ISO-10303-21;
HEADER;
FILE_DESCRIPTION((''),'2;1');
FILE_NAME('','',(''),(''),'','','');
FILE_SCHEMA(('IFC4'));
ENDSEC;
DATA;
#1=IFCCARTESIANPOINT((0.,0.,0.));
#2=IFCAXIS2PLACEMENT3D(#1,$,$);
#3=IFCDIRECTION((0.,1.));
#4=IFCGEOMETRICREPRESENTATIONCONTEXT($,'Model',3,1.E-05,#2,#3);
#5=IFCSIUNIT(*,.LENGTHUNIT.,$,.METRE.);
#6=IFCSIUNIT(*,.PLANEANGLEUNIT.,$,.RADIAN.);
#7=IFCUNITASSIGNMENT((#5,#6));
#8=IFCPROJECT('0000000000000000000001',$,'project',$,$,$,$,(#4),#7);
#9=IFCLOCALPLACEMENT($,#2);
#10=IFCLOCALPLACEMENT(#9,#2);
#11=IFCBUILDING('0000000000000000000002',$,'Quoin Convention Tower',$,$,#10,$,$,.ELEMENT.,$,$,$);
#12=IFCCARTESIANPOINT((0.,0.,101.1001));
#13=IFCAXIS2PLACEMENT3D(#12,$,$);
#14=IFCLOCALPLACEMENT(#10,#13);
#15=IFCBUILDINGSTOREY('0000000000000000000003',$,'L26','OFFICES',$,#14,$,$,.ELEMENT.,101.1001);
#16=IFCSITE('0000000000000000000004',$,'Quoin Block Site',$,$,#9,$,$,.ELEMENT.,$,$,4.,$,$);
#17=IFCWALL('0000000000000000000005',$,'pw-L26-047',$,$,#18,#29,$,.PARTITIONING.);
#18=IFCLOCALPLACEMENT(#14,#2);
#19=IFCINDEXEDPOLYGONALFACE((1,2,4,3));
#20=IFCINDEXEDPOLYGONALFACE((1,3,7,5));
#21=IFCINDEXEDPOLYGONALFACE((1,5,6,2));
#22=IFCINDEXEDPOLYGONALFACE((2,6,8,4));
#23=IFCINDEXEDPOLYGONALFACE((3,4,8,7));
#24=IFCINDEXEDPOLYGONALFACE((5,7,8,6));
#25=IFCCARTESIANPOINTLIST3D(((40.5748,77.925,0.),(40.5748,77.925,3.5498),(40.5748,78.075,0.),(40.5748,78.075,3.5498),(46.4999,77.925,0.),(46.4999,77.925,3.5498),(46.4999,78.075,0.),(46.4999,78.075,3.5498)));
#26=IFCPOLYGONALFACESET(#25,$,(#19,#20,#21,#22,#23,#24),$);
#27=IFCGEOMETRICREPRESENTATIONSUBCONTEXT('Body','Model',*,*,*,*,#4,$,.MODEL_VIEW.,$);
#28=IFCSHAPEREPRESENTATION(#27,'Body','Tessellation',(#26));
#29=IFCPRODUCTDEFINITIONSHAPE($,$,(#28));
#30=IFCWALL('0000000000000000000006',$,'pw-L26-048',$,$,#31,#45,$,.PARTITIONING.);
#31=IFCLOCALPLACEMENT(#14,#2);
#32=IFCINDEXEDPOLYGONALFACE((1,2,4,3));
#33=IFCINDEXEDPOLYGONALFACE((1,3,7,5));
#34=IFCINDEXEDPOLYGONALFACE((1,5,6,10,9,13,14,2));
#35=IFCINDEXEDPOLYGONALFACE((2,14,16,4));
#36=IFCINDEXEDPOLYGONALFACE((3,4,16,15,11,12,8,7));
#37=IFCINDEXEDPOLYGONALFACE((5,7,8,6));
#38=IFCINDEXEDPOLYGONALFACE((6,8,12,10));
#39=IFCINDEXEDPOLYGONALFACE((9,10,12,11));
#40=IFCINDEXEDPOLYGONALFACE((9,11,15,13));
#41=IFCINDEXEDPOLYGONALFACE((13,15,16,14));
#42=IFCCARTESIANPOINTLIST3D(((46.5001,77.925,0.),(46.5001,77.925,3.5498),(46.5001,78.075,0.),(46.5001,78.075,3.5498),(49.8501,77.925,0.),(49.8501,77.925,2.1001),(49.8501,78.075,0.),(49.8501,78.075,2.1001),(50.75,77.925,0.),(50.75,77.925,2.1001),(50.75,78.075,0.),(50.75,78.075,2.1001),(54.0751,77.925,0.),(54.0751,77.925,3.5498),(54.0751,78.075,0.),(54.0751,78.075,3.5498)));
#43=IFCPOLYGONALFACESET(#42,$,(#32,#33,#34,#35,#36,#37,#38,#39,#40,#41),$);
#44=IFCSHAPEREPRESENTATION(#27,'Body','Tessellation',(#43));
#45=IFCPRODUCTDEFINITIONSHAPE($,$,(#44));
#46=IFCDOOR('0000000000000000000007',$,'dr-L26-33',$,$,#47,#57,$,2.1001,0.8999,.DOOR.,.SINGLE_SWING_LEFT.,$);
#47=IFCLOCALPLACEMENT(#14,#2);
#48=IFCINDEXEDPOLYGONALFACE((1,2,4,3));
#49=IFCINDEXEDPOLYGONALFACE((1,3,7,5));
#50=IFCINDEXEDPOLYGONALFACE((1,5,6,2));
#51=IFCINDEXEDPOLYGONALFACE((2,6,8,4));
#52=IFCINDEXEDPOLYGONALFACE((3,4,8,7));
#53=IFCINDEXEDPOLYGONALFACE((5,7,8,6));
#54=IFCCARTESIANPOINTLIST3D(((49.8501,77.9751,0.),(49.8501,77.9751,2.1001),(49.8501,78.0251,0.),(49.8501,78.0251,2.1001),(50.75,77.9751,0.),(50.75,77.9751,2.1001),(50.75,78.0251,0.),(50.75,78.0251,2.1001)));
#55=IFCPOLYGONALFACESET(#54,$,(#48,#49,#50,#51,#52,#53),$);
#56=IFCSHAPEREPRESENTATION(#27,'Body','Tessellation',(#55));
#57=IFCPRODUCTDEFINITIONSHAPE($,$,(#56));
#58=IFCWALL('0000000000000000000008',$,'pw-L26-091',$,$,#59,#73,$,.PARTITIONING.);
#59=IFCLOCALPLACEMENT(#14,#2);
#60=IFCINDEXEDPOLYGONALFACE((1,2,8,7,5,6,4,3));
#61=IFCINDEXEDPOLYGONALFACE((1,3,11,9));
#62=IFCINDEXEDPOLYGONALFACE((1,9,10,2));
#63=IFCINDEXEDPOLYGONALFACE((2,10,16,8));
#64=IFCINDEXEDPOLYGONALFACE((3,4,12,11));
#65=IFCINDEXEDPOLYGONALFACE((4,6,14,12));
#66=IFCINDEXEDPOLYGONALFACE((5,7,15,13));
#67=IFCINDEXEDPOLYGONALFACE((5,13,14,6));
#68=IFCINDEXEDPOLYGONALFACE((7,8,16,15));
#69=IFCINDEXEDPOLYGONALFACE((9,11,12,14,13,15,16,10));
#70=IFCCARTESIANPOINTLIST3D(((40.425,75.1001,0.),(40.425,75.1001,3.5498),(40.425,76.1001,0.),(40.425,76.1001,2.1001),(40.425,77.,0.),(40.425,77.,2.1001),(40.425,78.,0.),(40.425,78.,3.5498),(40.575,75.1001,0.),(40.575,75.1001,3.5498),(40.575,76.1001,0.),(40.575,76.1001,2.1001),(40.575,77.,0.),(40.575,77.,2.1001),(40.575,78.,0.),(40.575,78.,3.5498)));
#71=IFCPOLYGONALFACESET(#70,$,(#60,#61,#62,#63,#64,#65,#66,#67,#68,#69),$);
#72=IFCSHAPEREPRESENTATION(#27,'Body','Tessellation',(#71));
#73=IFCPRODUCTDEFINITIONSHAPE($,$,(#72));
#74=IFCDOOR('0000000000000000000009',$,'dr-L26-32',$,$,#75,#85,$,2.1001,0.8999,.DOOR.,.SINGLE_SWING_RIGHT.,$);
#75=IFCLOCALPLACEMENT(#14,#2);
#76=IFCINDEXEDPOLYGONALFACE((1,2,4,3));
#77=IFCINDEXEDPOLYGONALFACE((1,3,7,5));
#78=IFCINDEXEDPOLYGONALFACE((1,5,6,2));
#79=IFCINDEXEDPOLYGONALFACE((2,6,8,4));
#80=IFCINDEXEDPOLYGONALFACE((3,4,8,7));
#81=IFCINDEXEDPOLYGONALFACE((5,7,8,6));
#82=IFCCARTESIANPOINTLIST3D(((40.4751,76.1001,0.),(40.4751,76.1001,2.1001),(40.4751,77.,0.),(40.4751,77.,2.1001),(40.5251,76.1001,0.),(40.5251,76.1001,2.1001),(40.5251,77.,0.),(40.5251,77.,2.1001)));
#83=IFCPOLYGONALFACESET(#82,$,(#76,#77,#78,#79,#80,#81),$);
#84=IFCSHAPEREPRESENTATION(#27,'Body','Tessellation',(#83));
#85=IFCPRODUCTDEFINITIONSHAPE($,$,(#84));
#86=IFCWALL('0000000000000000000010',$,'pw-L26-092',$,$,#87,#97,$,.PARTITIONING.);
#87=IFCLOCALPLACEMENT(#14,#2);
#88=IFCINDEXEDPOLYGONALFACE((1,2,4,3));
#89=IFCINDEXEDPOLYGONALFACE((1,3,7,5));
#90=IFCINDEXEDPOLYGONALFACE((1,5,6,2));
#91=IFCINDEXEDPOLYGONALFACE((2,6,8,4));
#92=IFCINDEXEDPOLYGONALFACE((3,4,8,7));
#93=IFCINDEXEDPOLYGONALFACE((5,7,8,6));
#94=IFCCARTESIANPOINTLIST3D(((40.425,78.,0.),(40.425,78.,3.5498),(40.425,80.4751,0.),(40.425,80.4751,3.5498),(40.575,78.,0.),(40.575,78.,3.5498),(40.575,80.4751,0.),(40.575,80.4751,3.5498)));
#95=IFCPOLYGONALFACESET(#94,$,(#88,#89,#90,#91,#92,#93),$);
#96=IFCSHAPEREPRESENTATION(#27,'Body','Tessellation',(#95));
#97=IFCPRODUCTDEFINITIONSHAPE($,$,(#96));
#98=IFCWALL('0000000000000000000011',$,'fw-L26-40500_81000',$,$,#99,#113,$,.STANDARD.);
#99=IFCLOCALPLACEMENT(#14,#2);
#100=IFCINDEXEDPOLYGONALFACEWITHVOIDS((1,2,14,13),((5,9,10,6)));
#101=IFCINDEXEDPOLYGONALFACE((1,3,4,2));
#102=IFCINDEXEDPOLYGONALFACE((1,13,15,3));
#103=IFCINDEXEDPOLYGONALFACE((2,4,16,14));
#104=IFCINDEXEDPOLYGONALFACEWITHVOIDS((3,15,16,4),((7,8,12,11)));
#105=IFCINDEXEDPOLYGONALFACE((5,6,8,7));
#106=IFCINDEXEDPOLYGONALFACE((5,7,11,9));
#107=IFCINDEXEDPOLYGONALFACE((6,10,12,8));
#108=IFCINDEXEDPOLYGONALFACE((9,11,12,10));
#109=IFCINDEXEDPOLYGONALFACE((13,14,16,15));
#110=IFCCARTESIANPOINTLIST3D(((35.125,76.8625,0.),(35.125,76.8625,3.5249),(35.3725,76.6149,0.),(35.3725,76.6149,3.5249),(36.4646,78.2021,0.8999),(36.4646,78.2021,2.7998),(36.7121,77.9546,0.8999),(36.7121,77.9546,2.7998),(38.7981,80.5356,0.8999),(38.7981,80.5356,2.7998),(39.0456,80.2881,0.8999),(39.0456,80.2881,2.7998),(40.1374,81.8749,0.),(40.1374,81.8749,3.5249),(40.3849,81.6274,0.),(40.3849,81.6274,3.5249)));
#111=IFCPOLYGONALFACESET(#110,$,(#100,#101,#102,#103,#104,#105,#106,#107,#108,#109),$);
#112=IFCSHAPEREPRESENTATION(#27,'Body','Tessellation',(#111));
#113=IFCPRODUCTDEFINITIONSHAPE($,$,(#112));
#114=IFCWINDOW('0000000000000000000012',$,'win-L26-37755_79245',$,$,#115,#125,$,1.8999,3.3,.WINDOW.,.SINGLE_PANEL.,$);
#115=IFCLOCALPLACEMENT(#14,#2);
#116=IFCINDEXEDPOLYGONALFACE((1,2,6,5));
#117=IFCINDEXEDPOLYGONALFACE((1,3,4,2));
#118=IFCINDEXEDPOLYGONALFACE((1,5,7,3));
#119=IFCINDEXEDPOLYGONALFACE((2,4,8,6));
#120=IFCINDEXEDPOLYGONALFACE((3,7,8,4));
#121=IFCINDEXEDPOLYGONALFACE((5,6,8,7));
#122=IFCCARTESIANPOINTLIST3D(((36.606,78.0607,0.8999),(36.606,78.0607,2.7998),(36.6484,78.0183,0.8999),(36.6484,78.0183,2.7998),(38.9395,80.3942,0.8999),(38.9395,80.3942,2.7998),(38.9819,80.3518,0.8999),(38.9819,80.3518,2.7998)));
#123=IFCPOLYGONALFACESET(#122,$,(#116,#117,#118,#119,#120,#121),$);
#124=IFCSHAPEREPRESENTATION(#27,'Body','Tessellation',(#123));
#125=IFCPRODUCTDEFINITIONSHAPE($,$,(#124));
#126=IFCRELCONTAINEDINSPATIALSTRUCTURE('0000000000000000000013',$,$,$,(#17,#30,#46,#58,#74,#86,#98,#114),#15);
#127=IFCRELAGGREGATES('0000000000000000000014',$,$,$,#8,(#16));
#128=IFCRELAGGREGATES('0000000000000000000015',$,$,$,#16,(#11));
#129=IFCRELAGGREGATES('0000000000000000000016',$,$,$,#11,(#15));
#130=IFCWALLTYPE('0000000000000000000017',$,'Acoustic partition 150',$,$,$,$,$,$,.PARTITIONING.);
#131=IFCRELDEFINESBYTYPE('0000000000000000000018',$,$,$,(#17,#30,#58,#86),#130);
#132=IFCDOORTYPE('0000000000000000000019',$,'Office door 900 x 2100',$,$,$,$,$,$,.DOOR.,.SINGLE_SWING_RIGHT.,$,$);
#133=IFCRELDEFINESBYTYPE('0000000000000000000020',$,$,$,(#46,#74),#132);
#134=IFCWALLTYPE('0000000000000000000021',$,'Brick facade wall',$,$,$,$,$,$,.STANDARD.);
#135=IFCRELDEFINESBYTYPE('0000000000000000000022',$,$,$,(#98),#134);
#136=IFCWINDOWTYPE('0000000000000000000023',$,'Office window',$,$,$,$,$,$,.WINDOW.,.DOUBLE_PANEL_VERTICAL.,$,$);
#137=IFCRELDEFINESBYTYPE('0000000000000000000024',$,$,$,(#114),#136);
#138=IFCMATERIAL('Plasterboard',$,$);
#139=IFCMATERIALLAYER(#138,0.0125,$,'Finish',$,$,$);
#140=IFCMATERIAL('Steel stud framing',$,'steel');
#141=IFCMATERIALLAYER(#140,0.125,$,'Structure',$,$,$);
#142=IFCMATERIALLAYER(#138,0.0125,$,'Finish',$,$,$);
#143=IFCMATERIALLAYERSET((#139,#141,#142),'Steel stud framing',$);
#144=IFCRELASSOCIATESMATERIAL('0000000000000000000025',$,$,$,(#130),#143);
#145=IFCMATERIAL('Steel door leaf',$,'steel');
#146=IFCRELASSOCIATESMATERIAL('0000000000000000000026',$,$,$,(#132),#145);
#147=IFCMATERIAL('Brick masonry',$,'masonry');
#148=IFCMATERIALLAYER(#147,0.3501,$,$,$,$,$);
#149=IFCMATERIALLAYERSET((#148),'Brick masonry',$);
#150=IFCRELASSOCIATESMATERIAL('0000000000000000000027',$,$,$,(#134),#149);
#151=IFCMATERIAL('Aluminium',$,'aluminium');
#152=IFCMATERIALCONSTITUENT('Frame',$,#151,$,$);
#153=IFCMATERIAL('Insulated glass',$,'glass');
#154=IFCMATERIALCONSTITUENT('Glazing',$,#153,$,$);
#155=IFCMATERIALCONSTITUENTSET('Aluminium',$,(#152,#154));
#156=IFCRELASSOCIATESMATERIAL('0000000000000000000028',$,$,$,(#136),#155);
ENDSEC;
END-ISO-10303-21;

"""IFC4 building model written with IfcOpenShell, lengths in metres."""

from ifc_helpers import new_model, si_unit, direction, frame, frame_2d, origin, place, context, subcontext, project, spatial, rectangle, extrude, material, layer, layer_set, constituent, constituent_set, type_object, element, fill, save


model = new_model("IFC4")

# Units and contexts
model_context = context("Model", 3, precision=1e-05, world=origin(), true_north=direction((0.0, 1.0)))
body_context = subcontext(model_context, "Body", "Model", "MODEL_VIEW")
ifc_project = project(units=[si_unit("LENGTHUNIT", "METRE"), si_unit("PLANEANGLEUNIT", "RADIAN")], contexts=[model_context])

# Site, building, storey
site_placement = place(None, origin())
site = spatial("IfcSite", under=ifc_project, at=site_placement, Name="Quoin Block Site", CompositionType="ELEMENT", RefElevation=4.0)
building_placement = place(site_placement, origin())
building = spatial("IfcBuilding", under=site, at=building_placement, Name="Quoin Convention Tower", CompositionType="ELEMENT")
storey_placement = place(building_placement, frame((0.0, 0.0, 101.1001)))
storey = spatial("IfcBuildingStorey", under=building, at=storey_placement, Name="L26", Description="OFFICES", CompositionType="ELEMENT", Elevation=101.1001)

# Wall
ifc_material_1 = material(Name="Plasterboard")
ifc_layer_1 = layer(ifc_material_1, 0.0125, Name="Finish")
ifc_material_2 = material(Name="Steel stud framing", Category="steel")
ifc_layer_2 = layer(ifc_material_2, 0.125, Name="Structure")
ifc_layer_3 = layer(ifc_material_1, 0.0125, Name="Finish")
ifc_layer_set_1 = layer_set([ifc_layer_1, ifc_layer_2, ifc_layer_3], Name="Steel stud framing")
wall_type_1 = type_object("IfcWallType", Name="Acoustic partition 150", PredefinedType="PARTITIONING", material=ifc_layer_set_1)
wall_1_placement = place(storey_placement, frame((40.575, 78.0, 0.0), z_axis=(0.0, 0.0, 1.0), x_axis=(1.0, 0.0, 0.0)))
element("IfcWall", 1, at=wall_1_placement, inside=storey, type_object=wall_type_1, Name="pw-L26-047", PredefinedType="PARTITIONING", context=body_context, shape_type="SweptSolid", body=[
    extrude(rectangle(XDim=5.925, YDim=0.1499, at=frame_2d((2.9624, 0.0))), origin(), (0.0, 0.0, 1.0), 3.5498),
])

# Walls, openings, doors
wall_2_placement = place(storey_placement, frame((46.5, 78.0, 0.0), z_axis=(0.0, 0.0, 1.0), x_axis=(1.0, 0.0, 0.0)))
wall_2 = element("IfcWall", 2, at=wall_2_placement, inside=storey, type_object=wall_type_1, Name="pw-L26-048", PredefinedType="PARTITIONING", context=body_context, shape_type="SweptSolid", body=[
    extrude(rectangle(XDim=7.575, YDim=0.1499, at=frame_2d((3.7876, 0.0))), origin(), (0.0, 0.0, 1.0), 3.5498),
])
opening_1_placement = place(wall_2_placement, frame((3.3501, 0.0, 0.0)))
opening_1 = element("IfcOpeningElement", 3, at=opening_1_placement, cuts=wall_2, PredefinedType="OPENING", context=body_context, shape_type="SweptSolid", body=[
    extrude(rectangle(XDim=0.8999, YDim=2.1001, at=frame_2d((0.45, 1.05))), frame((0.0, 0.085, 0.0), z_axis=(0.0, -1.0, 0.0), x_axis=(1.0, 0.0, 0.0)), (0.0, 0.0, 1.0), 0.1699),
])
ifc_material_3 = material(Name="Steel door leaf", Category="steel")
door_type_1 = type_object("IfcDoorType", Name="Office door 900 x 2100", OperationType="SINGLE_SWING_RIGHT", PredefinedType="DOOR", material=ifc_material_3)
door_1_placement = place(opening_1_placement, frame((0.8999, 0.0, 0.0), z_axis=(0.0, 0.0, 1.0), x_axis=(-1.0, 0.0, 0.0)))
door_1 = element("IfcDoor", 4, at=door_1_placement, inside=storey, type_object=door_type_1, Name="dr-L26-33", OperationType="SINGLE_SWING_LEFT", OverallHeight=2.1001, OverallWidth=0.8999, PredefinedType="DOOR", context=body_context, shape_type="SweptSolid", body=[
    extrude(rectangle(XDim=0.8999, YDim=2.1001, at=frame_2d((0.45, 1.05))), frame((0.0, 0.0249, 0.0), z_axis=(0.0, -1.0, 0.0), x_axis=(1.0, 0.0, 0.0)), (0.0, 0.0, 1.0), 0.05),
])
fill(opening_1, door_1)
wall_3_placement = place(storey_placement, frame((40.5, 75.1001, 0.0), z_axis=(0.0, 0.0, 1.0), x_axis=(0.0, 1.0, 0.0)))
wall_3 = element("IfcWall", 5, at=wall_3_placement, inside=storey, type_object=wall_type_1, Name="pw-L26-091", PredefinedType="PARTITIONING", context=body_context, shape_type="SweptSolid", body=[
    extrude(rectangle(XDim=2.8999, YDim=0.1499, at=frame_2d((1.45, 0.0))), origin(), (0.0, 0.0, 1.0), 3.5498),
])
opening_2_placement = place(wall_3_placement, frame((1.0, 0.0, 0.0)))
opening_2 = element("IfcOpeningElement", 6, at=opening_2_placement, cuts=wall_3, PredefinedType="OPENING", context=body_context, shape_type="SweptSolid", body=[
    extrude(rectangle(XDim=0.8999, YDim=2.1001, at=frame_2d((0.45, 1.05))), frame((0.0, 0.085, 0.0), z_axis=(0.0, -1.0, 0.0), x_axis=(1.0, 0.0, 0.0)), (0.0, 0.0, 1.0), 0.1699),
])
door_2_placement = place(opening_2_placement, origin())
door_2 = element("IfcDoor", 7, at=door_2_placement, inside=storey, type_object=door_type_1, Name="dr-L26-32", OperationType="SINGLE_SWING_RIGHT", OverallHeight=2.1001, OverallWidth=0.8999, PredefinedType="DOOR", context=body_context, shape_type="SweptSolid", body=[
    extrude(rectangle(XDim=0.8999, YDim=2.1001, at=frame_2d((0.45, 1.05))), frame((0.0, 0.0249, 0.0), z_axis=(0.0, -1.0, 0.0), x_axis=(1.0, 0.0, 0.0)), (0.0, 0.0, 1.0), 0.05),
])
fill(opening_2, door_2)

# Wall
wall_4_placement = place(storey_placement, frame((40.5, 78.0, 0.0), z_axis=(0.0, 0.0, 1.0), x_axis=(0.0, 1.0, 0.0)))
element("IfcWall", 8, at=wall_4_placement, inside=storey, type_object=wall_type_1, Name="pw-L26-092", PredefinedType="PARTITIONING", context=body_context, shape_type="SweptSolid", body=[
    extrude(rectangle(XDim=2.4751, YDim=0.1499, at=frame_2d((1.2375, 0.0))), origin(), (0.0, 0.0, 1.0), 3.5498),
])

# Wall, opening, window
ifc_material_4 = material(Name="Brick masonry", Category="masonry")
ifc_layer_4 = layer(ifc_material_4, 0.3501)
ifc_layer_set_2 = layer_set([ifc_layer_4], Name="Brick masonry")
wall_type_2 = type_object("IfcWallType", Name="Brick facade wall", PredefinedType="STANDARD", material=ifc_layer_set_2)
wall_5_placement = place(storey_placement, frame((40.2612, 81.7512, 0.0), z_axis=(0.0, 0.0, 1.0), x_axis=(-0.707107, -0.707107, 0.0)))
wall_5 = element("IfcWall", 9, at=wall_5_placement, inside=storey, type_object=wall_type_2, Name="fw-L26-40500_81000", PredefinedType="STANDARD", context=body_context, shape_type="SweptSolid", body=[
    extrude(rectangle(XDim=7.0886, YDim=0.3501, at=frame_2d((3.5444, 0.0))), origin(), (0.0, 0.0, 1.0), 3.5249),
])
opening_3_placement = place(wall_5_placement, frame((1.8943, 0.0, 0.8999)))
opening_3 = element("IfcOpeningElement", 10, at=opening_3_placement, cuts=wall_5, PredefinedType="OPENING", context=body_context, shape_type="SweptSolid", body=[
    extrude(rectangle(XDim=3.3, YDim=1.8999, at=frame_2d((1.6499, 0.95))), frame((0.0, 0.1851, 0.0), z_axis=(0.0, -1.0, 0.0), x_axis=(1.0, 0.0, 0.0)), (0.0, 0.0, 1.0), 0.3701),
])
ifc_material_5 = material(Name="Aluminium", Category="aluminium")
ifc_constituent_1 = constituent(ifc_material_5, Name="Frame")
ifc_material_6 = material(Name="Insulated glass", Category="glass")
ifc_constituent_2 = constituent(ifc_material_6, Name="Glazing")
ifc_constituent_set = constituent_set(constituents=[ifc_constituent_1, ifc_constituent_2], Name="Aluminium")
window_type = type_object("IfcWindowType", Name="Office window", PartitioningType="DOUBLE_PANEL_VERTICAL", PredefinedType="WINDOW", material=ifc_constituent_set)
window_placement = place(opening_3_placement, origin())
window = element("IfcWindow", 11, at=window_placement, inside=storey, type_object=window_type, Name="win-L26-37755_79245", OverallHeight=1.8999, OverallWidth=3.3, PartitioningType="SINGLE_PANEL", PredefinedType="WINDOW", context=body_context, shape_type="SweptSolid", body=[
    extrude(rectangle(XDim=3.3, YDim=1.8999, at=frame_2d((1.6499, 0.95))), frame((0.0, 0.085, 0.0), z_axis=(0.0, -1.0, 0.0), x_axis=(1.0, 0.0, 0.0)), (0.0, 0.0, 1.0), 0.0601),
])
fill(opening_3, window)

save(model, "model.ifc")
